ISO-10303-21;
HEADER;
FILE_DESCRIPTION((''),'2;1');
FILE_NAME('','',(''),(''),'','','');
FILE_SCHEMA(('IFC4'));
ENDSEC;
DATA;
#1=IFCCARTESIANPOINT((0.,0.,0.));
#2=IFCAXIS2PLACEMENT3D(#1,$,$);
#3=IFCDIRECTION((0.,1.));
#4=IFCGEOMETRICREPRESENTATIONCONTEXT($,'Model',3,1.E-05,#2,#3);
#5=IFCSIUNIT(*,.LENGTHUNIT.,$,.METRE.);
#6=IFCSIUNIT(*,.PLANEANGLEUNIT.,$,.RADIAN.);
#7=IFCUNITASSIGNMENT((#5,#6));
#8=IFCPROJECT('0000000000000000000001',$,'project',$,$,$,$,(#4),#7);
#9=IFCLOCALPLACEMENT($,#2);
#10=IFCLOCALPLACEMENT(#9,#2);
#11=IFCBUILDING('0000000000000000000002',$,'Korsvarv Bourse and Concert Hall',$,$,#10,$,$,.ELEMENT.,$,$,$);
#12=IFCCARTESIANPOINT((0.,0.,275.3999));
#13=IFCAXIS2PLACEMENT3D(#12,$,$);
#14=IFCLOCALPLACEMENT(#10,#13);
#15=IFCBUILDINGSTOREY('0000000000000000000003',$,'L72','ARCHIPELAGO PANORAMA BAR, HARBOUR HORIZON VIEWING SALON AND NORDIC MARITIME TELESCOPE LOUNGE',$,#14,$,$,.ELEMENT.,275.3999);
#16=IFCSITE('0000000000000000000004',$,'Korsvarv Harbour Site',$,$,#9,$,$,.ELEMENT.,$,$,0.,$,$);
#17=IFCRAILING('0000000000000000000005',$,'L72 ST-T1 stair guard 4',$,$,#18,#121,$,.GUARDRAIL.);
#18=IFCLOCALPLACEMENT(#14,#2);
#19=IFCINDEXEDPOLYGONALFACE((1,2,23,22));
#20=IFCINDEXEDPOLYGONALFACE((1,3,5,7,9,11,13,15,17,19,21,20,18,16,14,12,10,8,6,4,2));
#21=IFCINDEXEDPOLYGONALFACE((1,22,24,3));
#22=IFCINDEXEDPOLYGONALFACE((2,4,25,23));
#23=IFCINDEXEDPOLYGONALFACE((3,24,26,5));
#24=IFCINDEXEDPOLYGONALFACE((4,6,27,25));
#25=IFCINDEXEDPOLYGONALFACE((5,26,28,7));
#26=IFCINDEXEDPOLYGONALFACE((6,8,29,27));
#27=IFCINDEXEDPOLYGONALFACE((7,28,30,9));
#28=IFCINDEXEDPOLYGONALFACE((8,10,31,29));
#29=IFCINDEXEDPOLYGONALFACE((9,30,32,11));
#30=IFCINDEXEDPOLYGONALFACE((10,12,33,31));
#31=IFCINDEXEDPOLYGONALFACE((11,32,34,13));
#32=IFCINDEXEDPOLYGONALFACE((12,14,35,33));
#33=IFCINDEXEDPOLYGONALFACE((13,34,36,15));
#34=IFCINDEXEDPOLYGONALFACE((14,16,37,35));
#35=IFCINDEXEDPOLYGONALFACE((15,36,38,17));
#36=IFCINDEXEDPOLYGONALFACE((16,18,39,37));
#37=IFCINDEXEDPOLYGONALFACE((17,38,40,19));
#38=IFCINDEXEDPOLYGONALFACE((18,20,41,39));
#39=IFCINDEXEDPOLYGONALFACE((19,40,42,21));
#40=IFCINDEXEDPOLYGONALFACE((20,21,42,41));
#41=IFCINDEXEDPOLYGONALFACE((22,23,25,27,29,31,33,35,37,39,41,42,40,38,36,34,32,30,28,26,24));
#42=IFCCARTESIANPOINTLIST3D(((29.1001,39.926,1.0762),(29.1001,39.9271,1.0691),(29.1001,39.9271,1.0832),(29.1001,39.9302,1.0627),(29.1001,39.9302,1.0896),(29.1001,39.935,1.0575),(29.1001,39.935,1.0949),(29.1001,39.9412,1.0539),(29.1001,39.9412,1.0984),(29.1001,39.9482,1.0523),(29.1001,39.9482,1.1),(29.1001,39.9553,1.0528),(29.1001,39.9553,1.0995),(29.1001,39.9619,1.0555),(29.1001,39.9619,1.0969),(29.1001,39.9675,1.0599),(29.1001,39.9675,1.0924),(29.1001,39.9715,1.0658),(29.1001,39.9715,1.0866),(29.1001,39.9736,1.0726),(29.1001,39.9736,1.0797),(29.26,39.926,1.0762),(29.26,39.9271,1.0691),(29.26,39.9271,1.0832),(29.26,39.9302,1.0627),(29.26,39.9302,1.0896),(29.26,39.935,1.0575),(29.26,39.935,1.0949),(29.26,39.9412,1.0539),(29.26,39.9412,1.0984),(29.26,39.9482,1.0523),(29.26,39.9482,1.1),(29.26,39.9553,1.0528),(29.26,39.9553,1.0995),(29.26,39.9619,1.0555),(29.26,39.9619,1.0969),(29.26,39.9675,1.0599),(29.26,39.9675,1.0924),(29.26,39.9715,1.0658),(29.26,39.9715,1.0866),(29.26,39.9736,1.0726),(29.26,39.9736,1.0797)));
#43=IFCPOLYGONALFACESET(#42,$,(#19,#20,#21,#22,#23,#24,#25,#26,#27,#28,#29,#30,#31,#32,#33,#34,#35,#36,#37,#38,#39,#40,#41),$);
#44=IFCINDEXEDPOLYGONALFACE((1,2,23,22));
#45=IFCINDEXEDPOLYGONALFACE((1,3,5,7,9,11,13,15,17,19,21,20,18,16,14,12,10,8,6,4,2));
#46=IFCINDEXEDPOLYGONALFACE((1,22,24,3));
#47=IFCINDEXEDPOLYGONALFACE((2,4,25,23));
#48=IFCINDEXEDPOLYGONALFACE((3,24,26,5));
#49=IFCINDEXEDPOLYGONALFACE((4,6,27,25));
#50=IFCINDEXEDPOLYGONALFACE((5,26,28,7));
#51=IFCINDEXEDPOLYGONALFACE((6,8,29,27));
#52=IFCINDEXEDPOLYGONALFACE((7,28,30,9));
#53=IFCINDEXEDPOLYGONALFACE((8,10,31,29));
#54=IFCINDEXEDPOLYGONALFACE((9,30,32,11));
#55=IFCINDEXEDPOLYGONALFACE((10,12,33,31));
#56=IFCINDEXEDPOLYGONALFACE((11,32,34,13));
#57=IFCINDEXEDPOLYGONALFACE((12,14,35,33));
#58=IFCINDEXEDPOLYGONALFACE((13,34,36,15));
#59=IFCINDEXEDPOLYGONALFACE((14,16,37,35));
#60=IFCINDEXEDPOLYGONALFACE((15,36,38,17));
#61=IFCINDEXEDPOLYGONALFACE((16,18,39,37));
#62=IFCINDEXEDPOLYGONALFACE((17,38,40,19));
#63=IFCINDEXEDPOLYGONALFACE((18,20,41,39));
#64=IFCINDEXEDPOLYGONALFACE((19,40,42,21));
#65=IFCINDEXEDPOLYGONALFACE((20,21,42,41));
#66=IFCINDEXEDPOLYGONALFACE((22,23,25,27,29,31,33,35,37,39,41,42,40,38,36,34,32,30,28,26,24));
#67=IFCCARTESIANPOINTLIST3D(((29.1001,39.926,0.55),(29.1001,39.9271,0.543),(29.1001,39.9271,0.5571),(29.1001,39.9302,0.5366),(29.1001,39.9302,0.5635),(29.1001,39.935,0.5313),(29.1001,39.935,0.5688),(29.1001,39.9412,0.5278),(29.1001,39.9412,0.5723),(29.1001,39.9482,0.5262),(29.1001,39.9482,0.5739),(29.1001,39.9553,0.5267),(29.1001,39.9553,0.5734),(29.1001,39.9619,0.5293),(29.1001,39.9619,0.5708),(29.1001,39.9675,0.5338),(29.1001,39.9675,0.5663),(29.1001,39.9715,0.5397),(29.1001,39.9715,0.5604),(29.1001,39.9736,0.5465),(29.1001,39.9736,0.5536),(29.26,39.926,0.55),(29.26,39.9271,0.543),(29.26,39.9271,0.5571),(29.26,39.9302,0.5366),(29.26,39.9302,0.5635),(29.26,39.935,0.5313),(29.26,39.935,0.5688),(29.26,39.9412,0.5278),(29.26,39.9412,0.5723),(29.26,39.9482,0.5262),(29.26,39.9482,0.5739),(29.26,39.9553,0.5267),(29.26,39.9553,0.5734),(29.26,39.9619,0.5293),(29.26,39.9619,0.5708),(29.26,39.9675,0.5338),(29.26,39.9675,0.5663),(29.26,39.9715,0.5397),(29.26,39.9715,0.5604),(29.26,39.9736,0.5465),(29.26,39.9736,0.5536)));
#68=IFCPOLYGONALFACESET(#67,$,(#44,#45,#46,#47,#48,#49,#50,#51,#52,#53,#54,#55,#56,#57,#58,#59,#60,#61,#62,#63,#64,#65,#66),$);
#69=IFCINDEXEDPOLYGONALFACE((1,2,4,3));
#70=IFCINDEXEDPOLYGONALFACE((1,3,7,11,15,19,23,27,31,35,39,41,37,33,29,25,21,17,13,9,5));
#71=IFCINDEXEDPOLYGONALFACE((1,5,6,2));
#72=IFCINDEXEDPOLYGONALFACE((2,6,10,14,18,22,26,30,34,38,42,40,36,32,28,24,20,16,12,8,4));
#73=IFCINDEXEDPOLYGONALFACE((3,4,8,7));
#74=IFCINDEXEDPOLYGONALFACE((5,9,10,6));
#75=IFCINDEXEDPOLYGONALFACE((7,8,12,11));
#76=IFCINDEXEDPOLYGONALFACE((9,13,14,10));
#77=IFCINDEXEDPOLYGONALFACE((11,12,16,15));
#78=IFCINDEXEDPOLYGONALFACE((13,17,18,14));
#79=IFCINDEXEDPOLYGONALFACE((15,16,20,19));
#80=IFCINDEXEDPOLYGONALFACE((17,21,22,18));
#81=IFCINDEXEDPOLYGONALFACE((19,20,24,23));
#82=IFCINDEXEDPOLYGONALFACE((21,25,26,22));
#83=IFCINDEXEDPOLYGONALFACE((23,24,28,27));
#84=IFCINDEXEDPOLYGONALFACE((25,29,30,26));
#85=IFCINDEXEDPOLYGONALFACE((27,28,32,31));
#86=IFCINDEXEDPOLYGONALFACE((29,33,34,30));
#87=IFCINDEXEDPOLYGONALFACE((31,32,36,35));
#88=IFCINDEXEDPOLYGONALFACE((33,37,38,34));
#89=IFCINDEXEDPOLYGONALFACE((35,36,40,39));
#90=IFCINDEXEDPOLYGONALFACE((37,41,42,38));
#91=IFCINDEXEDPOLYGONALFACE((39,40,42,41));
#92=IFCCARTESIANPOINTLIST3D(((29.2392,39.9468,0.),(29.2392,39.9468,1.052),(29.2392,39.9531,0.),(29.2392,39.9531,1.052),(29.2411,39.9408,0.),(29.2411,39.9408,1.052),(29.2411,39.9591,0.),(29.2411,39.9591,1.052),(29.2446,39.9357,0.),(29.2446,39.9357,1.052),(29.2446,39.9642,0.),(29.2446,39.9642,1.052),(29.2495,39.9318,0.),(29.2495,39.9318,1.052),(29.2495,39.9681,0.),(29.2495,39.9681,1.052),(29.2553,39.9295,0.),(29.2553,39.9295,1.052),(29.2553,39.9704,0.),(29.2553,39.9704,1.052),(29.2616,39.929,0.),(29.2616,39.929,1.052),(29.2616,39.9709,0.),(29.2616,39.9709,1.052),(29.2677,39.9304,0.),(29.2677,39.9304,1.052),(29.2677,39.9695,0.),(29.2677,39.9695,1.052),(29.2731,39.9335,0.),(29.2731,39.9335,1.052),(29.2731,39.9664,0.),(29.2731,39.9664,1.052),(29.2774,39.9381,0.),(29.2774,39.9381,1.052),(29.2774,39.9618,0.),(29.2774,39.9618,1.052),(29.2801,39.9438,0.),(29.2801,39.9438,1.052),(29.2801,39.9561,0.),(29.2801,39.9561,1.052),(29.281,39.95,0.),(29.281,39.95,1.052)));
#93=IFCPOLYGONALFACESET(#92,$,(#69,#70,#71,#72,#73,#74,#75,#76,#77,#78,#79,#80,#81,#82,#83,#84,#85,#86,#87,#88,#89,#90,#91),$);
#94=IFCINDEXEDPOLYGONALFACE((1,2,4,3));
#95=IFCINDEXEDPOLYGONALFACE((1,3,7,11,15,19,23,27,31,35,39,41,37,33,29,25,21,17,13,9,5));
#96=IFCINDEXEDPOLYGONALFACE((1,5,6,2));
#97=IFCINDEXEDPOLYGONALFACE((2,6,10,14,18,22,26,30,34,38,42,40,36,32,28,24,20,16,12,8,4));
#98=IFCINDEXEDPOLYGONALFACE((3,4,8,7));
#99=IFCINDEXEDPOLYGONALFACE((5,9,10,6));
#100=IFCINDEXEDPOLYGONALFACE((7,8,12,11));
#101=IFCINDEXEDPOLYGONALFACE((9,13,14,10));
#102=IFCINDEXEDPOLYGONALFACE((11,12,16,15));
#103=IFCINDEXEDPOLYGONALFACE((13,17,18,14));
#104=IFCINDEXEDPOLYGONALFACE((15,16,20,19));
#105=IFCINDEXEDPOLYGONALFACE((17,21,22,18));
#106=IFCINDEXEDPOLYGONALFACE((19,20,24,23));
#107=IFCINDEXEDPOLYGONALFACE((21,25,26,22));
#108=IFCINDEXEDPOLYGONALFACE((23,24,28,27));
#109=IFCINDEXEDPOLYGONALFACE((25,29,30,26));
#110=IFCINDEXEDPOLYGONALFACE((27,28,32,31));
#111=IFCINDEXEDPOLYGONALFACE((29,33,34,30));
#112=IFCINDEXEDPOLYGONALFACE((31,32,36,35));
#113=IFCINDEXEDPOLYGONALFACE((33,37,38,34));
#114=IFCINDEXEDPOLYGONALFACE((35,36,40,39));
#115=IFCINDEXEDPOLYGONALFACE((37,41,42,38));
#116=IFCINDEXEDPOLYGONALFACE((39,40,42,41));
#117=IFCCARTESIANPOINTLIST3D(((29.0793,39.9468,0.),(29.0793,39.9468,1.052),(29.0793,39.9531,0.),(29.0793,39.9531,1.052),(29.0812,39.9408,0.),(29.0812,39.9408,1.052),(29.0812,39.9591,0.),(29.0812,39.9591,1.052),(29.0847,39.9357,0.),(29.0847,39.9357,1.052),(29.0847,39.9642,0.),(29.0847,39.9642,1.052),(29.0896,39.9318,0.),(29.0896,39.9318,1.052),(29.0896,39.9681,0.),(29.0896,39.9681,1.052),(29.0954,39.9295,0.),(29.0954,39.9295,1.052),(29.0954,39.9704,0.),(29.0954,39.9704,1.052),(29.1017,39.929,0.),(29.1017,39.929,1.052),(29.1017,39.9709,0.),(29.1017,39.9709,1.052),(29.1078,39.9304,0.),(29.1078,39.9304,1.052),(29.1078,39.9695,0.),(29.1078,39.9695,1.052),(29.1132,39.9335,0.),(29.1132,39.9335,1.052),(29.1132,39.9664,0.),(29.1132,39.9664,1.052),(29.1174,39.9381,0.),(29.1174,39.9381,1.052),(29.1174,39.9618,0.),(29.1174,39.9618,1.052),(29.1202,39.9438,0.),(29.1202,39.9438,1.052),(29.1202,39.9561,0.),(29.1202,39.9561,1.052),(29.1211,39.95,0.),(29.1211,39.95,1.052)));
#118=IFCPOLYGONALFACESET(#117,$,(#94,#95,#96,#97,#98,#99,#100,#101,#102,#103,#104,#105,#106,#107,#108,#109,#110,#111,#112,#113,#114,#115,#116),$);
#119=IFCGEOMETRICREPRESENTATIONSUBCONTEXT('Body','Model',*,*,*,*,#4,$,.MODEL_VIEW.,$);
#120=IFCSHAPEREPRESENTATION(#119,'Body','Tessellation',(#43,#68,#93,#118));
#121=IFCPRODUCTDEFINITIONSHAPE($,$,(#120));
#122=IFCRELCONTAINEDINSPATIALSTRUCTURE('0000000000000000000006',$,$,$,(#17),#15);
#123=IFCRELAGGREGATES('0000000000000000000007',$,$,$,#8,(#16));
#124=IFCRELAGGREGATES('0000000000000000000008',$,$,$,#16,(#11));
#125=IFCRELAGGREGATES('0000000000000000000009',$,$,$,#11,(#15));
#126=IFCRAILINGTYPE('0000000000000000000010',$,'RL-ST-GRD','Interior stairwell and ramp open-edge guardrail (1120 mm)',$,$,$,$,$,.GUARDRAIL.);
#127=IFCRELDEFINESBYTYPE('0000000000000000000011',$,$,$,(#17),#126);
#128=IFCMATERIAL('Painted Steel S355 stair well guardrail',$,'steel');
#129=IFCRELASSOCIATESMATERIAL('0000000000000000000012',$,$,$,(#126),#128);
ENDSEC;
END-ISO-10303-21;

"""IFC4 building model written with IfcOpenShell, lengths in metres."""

from ifc_helpers import new_model, si_unit, direction, frame, origin, origin_2d, place, context, subcontext, project, spatial, circle, extrude, material, type_object, element, save


model = new_model("IFC4")

# Units and contexts
model_context = context("Model", 3, precision=1e-05, world=origin(), true_north=direction((0.0, 1.0)))
body_context = subcontext(model_context, "Body", "Model", "MODEL_VIEW")
ifc_project = project(units=[si_unit("LENGTHUNIT", "METRE"), si_unit("PLANEANGLEUNIT", "RADIAN")], contexts=[model_context])

# Site, building, storey
site_placement = place(None, origin())
site = spatial("IfcSite", under=ifc_project, at=site_placement, Name="Korsvarv Harbour Site", CompositionType="ELEMENT", RefElevation=0.0)
building_placement = place(site_placement, origin())
building = spatial("IfcBuilding", under=site, at=building_placement, Name="Korsvarv Bourse and Concert Hall", CompositionType="ELEMENT")
storey_placement = place(building_placement, frame((0.0, 0.0, 275.3999)))
storey = spatial("IfcBuildingStorey", under=building, at=storey_placement, Name="L72", Description="ARCHIPELAGO PANORAMA BAR, HARBOUR HORIZON VIEWING SALON AND NORDIC MARITIME TELESCOPE LOUNGE", CompositionType="ELEMENT", Elevation=275.3999)

# Railing
ifc_material_1 = material(Name="Painted Steel S355 stair well guardrail", Category="steel")
railing_type_1 = type_object("IfcRailingType", Name="RL-ST-GRD", Description="Interior stairwell and ramp open-edge guardrail (1120 mm)", PredefinedType="GUARDRAIL", material=ifc_material_1)
railing_1_placement = place(storey_placement, frame((29.26, 39.95, 0.0)))
element("IfcRailing", 1, at=railing_1_placement, inside=storey, type_object=railing_type_1, Name="L72 ST-T1 stair guard 4", PredefinedType="GUARDRAIL", context=body_context, shape_type="SweptSolid", body=[
    extrude(circle(Radius=0.0239, at=origin_2d()), frame((0.0, 0.0, 1.0762), z_axis=(-1.0, 0.0, 0.0), x_axis=(0.0, -1.0, 0.0)), (0.0, 0.0, 1.0), 0.1599),
    extrude(circle(Radius=0.0239, at=origin_2d()), frame((0.0, 0.0, 0.55), z_axis=(-1.0, 0.0, 0.0), x_axis=(0.0, -1.0, 0.0)), (0.0, 0.0, 1.0), 0.1599),
    extrude(circle(Radius=0.021, at=origin_2d()), origin(), (0.0, 0.0, 1.0), 1.052),
    extrude(circle(Radius=0.021, at=origin_2d()), frame((-0.1599, 0.0, 0.0)), (0.0, 0.0, 1.0), 1.052),
])

save(model, "model.ifc")
